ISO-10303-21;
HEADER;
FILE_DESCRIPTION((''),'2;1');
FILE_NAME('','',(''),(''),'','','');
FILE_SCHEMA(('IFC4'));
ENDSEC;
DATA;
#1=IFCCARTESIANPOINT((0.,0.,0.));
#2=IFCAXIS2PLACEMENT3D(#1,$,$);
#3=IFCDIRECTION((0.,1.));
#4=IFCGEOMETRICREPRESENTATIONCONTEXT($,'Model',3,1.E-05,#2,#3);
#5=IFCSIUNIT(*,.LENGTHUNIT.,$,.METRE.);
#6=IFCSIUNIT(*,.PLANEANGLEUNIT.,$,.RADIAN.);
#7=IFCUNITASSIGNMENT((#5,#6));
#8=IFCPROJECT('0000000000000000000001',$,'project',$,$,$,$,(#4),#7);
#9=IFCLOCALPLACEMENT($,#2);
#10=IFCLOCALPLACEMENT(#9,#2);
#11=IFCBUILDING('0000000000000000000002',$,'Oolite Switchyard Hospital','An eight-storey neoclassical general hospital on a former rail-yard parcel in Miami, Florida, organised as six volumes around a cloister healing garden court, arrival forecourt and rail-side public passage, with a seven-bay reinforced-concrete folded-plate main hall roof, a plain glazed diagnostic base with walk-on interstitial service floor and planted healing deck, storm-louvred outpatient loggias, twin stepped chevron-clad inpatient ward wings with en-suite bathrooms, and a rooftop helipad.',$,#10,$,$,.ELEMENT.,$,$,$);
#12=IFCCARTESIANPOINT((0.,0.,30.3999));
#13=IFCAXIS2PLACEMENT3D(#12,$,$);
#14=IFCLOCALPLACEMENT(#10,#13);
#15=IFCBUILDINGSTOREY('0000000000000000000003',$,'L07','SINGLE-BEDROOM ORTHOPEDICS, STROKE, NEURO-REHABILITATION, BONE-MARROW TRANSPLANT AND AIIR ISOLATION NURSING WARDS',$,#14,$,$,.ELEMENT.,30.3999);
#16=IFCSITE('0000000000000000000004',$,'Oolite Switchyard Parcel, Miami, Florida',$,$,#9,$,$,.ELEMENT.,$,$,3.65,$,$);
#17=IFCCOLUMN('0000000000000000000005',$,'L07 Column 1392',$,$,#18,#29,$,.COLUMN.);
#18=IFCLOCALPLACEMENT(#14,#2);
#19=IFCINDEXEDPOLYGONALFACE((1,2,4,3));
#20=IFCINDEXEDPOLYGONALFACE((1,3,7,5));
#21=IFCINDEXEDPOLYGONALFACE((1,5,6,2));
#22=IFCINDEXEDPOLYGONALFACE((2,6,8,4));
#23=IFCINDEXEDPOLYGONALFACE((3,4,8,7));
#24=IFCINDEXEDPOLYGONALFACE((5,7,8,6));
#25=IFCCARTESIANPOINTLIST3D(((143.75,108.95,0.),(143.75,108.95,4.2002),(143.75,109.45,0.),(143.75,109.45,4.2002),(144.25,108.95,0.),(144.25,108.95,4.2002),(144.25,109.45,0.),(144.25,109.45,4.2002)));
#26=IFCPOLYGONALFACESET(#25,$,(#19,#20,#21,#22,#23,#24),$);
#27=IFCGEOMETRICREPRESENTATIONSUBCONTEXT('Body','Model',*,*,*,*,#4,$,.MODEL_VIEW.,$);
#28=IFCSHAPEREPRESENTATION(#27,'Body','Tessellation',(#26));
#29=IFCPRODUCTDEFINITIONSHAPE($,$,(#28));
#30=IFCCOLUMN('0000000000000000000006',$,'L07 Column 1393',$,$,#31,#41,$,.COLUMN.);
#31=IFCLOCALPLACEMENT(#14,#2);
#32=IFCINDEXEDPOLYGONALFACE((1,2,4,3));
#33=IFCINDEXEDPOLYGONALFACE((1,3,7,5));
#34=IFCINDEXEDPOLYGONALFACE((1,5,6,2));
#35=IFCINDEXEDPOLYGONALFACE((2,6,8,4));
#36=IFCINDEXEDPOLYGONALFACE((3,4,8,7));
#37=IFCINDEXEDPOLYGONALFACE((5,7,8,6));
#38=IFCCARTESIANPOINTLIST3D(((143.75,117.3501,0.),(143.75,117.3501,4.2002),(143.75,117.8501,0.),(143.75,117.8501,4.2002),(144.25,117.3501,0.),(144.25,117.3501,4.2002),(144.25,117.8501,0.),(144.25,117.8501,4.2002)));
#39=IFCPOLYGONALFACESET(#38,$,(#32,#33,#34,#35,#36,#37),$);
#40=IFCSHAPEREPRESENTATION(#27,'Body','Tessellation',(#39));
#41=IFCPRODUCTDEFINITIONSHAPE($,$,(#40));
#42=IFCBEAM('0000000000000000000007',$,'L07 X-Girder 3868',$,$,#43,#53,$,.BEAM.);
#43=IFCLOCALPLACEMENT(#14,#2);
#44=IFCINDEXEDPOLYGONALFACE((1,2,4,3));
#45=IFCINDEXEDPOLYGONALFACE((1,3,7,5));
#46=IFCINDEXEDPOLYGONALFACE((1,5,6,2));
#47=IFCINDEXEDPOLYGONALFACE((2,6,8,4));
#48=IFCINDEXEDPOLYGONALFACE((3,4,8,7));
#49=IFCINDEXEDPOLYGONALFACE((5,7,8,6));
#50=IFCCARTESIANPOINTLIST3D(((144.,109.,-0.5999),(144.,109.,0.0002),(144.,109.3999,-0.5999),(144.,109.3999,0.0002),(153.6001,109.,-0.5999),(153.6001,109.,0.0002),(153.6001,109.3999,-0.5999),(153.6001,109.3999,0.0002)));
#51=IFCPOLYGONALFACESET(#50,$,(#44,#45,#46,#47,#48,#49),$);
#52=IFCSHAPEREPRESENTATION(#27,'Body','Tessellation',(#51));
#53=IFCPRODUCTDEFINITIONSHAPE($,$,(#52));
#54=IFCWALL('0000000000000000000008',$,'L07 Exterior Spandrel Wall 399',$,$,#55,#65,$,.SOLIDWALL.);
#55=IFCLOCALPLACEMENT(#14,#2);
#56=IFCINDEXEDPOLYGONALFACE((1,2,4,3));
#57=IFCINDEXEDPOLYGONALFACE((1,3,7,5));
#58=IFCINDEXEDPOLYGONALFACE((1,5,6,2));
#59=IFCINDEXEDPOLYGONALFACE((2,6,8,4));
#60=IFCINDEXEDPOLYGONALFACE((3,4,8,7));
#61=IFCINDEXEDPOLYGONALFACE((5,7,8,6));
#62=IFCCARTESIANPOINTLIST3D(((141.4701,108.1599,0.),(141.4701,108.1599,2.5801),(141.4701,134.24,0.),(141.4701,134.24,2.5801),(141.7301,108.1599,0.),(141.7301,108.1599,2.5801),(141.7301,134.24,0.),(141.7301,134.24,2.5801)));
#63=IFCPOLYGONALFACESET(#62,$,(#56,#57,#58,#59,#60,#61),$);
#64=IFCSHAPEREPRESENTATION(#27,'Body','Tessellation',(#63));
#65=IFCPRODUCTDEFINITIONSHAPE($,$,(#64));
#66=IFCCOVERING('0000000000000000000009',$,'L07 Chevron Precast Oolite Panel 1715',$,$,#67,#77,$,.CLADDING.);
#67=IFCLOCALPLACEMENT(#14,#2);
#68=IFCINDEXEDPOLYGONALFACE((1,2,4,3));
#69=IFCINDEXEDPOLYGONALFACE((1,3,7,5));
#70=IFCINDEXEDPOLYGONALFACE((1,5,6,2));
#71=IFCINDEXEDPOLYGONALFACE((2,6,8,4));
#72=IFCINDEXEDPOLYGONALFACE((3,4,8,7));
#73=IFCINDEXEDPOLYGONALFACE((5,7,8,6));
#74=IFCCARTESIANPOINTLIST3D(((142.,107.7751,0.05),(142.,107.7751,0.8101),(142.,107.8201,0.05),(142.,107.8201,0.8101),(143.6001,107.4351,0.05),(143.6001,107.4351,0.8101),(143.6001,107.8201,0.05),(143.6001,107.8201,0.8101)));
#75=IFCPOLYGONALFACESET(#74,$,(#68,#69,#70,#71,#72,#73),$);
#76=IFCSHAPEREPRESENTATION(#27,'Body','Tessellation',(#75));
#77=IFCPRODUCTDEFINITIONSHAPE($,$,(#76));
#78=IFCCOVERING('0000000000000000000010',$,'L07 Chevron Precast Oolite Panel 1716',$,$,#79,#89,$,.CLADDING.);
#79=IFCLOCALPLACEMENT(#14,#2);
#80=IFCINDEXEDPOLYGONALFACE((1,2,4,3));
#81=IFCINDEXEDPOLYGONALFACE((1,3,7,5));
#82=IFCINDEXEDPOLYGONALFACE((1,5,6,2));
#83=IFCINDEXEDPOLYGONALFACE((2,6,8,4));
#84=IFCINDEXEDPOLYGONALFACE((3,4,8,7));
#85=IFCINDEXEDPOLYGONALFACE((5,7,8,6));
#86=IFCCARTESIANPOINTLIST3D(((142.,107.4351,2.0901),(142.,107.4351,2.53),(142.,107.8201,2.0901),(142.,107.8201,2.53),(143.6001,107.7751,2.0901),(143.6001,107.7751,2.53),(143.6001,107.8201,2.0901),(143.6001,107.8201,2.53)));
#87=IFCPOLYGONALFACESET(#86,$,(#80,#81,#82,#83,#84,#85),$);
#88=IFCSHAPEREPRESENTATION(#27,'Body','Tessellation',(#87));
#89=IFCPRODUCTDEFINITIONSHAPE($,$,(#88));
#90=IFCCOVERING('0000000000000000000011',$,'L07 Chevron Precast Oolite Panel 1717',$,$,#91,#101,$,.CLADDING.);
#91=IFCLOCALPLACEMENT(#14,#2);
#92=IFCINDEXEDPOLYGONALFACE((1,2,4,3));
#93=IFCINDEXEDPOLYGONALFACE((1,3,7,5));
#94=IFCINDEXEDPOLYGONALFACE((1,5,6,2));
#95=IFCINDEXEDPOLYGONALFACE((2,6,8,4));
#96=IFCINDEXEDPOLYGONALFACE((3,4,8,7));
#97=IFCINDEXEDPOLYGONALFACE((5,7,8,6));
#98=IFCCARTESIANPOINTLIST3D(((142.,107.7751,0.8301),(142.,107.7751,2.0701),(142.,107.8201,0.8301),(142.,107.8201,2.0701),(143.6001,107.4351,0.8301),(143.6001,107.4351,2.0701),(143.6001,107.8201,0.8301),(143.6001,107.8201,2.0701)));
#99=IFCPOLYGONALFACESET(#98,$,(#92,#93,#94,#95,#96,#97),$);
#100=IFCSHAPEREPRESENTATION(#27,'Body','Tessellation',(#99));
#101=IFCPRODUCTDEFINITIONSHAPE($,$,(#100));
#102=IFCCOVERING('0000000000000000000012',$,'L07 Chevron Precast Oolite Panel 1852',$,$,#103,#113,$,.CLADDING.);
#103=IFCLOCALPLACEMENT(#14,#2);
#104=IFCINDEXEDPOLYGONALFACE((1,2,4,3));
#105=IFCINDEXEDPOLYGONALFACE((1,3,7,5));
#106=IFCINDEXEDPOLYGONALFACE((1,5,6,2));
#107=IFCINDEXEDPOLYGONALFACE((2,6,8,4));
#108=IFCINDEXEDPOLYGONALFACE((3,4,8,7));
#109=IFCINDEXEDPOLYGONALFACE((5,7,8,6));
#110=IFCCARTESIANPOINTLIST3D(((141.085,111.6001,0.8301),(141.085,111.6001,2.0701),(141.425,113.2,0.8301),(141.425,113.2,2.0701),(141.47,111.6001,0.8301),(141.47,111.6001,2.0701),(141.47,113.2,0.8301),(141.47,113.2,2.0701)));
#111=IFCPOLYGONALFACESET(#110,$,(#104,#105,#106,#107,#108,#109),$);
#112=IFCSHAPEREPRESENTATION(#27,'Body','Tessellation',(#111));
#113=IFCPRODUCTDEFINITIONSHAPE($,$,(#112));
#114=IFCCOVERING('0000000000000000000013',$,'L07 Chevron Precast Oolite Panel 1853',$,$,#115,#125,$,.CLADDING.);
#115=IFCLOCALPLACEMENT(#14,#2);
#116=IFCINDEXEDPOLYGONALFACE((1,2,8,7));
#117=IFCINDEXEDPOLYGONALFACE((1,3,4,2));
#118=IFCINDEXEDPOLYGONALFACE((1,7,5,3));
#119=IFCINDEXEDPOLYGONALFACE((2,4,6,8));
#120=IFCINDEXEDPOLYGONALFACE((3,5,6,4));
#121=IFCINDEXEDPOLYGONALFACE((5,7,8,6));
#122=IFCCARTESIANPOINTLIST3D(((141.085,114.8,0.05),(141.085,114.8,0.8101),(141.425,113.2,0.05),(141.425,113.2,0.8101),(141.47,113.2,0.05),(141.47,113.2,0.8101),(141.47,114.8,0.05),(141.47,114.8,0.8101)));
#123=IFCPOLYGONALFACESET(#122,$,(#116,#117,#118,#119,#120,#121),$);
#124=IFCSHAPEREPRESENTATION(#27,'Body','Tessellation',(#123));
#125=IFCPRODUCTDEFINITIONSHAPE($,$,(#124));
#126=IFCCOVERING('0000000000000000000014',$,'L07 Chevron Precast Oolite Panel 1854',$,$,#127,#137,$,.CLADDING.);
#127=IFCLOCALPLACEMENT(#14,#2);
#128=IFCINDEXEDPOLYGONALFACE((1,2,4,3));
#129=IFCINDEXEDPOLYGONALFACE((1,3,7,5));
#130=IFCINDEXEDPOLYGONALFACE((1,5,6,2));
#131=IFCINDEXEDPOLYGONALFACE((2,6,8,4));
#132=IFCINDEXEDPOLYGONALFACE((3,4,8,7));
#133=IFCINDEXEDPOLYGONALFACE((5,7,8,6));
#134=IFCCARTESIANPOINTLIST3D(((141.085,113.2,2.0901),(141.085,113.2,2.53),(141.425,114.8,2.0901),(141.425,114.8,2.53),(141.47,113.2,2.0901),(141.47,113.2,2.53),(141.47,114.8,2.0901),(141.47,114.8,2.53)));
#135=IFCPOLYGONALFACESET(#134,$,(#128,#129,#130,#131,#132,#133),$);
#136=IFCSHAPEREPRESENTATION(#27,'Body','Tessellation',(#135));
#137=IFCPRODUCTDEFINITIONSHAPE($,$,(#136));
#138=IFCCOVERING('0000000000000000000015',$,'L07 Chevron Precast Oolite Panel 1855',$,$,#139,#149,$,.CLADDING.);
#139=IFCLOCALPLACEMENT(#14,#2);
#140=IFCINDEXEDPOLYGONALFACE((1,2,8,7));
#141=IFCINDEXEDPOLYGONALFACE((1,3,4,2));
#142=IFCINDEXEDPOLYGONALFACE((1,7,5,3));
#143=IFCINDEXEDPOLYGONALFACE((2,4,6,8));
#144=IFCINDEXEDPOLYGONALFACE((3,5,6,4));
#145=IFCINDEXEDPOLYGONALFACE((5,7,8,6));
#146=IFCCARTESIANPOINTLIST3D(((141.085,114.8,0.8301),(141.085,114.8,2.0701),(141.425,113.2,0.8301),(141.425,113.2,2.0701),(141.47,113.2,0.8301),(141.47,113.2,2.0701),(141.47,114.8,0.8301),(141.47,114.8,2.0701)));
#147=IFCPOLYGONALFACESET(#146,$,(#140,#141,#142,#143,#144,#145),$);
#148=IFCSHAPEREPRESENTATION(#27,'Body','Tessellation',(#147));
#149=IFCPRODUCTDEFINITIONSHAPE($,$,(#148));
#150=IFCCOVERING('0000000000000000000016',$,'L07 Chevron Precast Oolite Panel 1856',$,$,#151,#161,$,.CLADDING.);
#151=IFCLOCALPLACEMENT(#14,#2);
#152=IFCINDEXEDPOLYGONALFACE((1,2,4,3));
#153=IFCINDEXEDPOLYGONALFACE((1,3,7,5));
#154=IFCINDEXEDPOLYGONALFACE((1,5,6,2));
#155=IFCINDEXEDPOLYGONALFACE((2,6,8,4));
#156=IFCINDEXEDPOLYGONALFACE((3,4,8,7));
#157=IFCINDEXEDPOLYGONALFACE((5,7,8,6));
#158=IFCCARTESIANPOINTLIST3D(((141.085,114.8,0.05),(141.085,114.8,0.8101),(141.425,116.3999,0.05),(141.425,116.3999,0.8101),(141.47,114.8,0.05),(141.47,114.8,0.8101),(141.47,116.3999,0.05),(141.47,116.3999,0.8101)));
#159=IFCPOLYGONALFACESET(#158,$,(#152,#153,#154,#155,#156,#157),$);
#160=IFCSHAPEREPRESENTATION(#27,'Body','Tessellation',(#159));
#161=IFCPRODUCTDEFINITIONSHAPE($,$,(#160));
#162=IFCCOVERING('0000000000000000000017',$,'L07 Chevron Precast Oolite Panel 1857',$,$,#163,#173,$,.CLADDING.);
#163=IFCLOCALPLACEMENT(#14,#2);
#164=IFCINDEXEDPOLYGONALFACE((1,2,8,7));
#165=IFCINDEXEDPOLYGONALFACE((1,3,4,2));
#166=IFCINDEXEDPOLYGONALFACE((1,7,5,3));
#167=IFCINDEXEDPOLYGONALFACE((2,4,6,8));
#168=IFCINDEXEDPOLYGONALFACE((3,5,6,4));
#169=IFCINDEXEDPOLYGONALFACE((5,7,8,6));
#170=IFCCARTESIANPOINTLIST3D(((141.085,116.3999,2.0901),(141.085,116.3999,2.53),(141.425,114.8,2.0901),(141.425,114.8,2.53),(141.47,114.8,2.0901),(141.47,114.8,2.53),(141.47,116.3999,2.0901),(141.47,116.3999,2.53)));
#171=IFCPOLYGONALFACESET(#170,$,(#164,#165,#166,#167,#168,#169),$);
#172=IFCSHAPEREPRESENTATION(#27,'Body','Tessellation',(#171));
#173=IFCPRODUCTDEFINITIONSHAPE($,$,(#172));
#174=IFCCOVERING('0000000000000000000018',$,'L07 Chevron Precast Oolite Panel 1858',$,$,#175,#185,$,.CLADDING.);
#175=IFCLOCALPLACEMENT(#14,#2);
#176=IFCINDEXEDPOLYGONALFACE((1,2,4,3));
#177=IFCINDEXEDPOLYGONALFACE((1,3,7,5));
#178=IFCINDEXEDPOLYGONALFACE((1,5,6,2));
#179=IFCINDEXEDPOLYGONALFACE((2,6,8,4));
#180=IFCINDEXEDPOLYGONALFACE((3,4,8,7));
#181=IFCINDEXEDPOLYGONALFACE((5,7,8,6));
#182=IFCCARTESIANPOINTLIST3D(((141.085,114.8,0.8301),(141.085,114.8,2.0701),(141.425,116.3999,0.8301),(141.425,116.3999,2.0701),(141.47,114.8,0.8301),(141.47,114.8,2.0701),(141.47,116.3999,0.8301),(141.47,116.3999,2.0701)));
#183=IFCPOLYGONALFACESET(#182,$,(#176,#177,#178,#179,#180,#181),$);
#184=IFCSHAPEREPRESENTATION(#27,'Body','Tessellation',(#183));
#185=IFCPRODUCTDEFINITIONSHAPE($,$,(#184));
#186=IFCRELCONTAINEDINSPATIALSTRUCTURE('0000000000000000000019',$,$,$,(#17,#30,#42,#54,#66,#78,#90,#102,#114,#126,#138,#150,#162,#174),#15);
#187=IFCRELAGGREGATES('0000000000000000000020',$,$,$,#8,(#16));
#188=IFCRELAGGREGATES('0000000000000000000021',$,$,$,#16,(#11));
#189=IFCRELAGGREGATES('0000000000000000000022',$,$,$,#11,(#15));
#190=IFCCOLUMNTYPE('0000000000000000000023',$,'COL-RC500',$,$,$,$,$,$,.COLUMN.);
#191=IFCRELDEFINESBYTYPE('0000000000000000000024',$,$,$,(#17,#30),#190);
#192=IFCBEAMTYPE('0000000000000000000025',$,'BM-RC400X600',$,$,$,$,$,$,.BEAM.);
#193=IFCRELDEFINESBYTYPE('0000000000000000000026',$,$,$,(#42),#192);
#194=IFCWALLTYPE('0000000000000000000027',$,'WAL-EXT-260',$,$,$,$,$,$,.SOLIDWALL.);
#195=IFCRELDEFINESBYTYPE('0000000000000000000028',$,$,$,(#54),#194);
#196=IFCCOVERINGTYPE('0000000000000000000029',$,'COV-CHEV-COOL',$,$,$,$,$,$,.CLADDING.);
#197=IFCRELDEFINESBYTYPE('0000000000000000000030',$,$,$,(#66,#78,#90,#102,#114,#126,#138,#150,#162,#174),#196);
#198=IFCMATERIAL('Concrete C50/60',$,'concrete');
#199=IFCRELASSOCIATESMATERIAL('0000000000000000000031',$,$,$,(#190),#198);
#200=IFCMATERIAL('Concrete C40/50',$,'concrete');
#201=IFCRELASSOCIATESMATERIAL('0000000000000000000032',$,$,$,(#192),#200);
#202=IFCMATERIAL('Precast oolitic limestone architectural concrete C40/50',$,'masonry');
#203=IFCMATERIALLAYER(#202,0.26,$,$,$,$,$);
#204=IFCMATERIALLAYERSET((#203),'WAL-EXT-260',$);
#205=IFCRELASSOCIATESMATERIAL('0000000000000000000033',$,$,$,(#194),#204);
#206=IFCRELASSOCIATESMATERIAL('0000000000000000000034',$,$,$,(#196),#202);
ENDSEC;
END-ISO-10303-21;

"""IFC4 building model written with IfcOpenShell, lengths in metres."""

from ifc_helpers import new_model, si_unit, direction, frame, frame_2d, origin, origin_2d, place, context, subcontext, project, spatial, polyline, rectangle, outline, extrude, material, layer, layer_set, material_profile, profile_set, type_object, element, save


model = new_model("IFC4")

# Units and contexts
model_context = context("Model", 3, precision=1e-05, world=origin(), true_north=direction((0.0, 1.0)))
body_context = subcontext(model_context, "Body", "Model", "MODEL_VIEW")
ifc_project = project(units=[si_unit("LENGTHUNIT", "METRE"), si_unit("PLANEANGLEUNIT", "RADIAN")], contexts=[model_context])

# Site, building, storey
site_placement = place(None, origin())
site = spatial("IfcSite", under=ifc_project, at=site_placement, Name="Oolite Switchyard Parcel, Miami, Florida", CompositionType="ELEMENT", RefElevation=3.65)
building_placement = place(site_placement, origin())
building = spatial("IfcBuilding", under=site, at=building_placement, Name="Oolite Switchyard Hospital", Description="An eight-storey neoclassical general hospital on a former rail-yard parcel in Miami, Florida, organised as six volumes around a cloister healing garden court, arrival forecourt and rail-side public passage, with a seven-bay reinforced-concrete folded-plate main hall roof, a plain glazed diagnostic base with walk-on interstitial service floor and planted healing deck, storm-louvred outpatient loggias, twin stepped chevron-clad inpatient ward wings with en-suite bathrooms, and a rooftop helipad.", CompositionType="ELEMENT")
storey_placement = place(building_placement, frame((0.0, 0.0, 30.3999)))
storey = spatial("IfcBuildingStorey", under=building, at=storey_placement, Name="L07", Description="SINGLE-BEDROOM ORTHOPEDICS, STROKE, NEURO-REHABILITATION, BONE-MARROW TRANSPLANT AND AIIR ISOLATION NURSING WARDS", CompositionType="ELEMENT", Elevation=30.3999)

# Columns
ifc_material_1 = material(Name="Concrete C50/60", Category="concrete")
ifc_material_profile_1 = material_profile(ifc_material_1, rectangle(XDim=0.5, YDim=0.5, at=origin_2d()), Name="RC500X500")
ifc_profile_set_1 = profile_set([ifc_material_profile_1], Name="Concrete C50/60")
column_type = type_object("IfcColumnType", Name="COL-RC500", PredefinedType="COLUMN", material=ifc_profile_set_1)
for number, where, z_axis, x_axis, name in (
    (1, (144.0, 109.2, 0.0), (0.0, 0.0, 1.0), (1.0, 0.0, 0.0), "L07 Column 1392"),
    (2, (144.0, 117.6001, 0.0), (0.0, 0.0, 1.0), (1.0, 0.0, 0.0), "L07 Column 1393"),
):
    element("IfcColumn", number, at=place(storey_placement, frame(where, z_axis=z_axis, x_axis=x_axis)), inside=storey, type_object=column_type, Name=name, PredefinedType="COLUMN", context=body_context, shape_type="SweptSolid", body=[
        extrude(rectangle(XDim=0.5, YDim=0.5, at=origin_2d()), origin(), (0.0, 0.0, 1.0), 4.2002),
    ])

# Beam
ifc_material_2 = material(Name="Concrete C40/50", Category="concrete")
ifc_material_profile_2 = material_profile(ifc_material_2, rectangle(XDim=0.3999, YDim=0.6001, at=origin_2d()), Name="RCB400X600")
ifc_profile_set_2 = profile_set([ifc_material_profile_2], Name="Concrete C40/50")
beam_type = type_object("IfcBeamType", Name="BM-RC400X600", PredefinedType="BEAM", material=ifc_profile_set_2)
beam_placement = place(storey_placement, frame((144.0, 109.2, -0.2998), z_axis=(1.0, 0.0, 0.0), x_axis=(0.0, 1.0, 0.0)))
element("IfcBeam", 3, at=beam_placement, inside=storey, type_object=beam_type, Name="L07 X-Girder 3868", PredefinedType="BEAM", context=body_context, shape_type="SweptSolid", body=[
    extrude(rectangle(XDim=0.3999, YDim=0.6001, at=origin_2d()), origin(), (0.0, 0.0, 1.0), 9.6001),
])

# Wall
ifc_material_3 = material(Name="Precast oolitic limestone architectural concrete C40/50", Category="masonry")
ifc_layer_1 = layer(ifc_material_3, 0.26)
ifc_layer_set_1 = layer_set([ifc_layer_1], Name="WAL-EXT-260")
wall_type_1 = type_object("IfcWallType", Name="WAL-EXT-260", PredefinedType="SOLIDWALL", material=ifc_layer_set_1)
wall_1_placement = place(storey_placement, frame((141.6001, 108.1599, 0.0), z_axis=(0.0, 0.0, 1.0), x_axis=(0.0, 1.0, 0.0)))
element("IfcWall", 4, at=wall_1_placement, inside=storey, type_object=wall_type_1, Name="L07 Exterior Spandrel Wall 399", PredefinedType="SOLIDWALL", context=body_context, shape_type="SweptSolid", body=[
    extrude(rectangle(XDim=26.0801, YDim=0.26, at=frame_2d((13.04, 0.0))), origin(), (0.0, 0.0, 1.0), 2.5801),
])

# Coverings
covering_type = type_object("IfcCoveringType", Name="COV-CHEV-COOL", PredefinedType="CLADDING", material=ifc_material_3)
covering_1_placement = place(storey_placement, frame((143.6001, 107.8201, 0.05), z_axis=(0.0, 0.0, 1.0), x_axis=(-1.0, 0.0, 0.0)))
element("IfcCovering", 5, at=covering_1_placement, inside=storey, type_object=covering_type, Name="L07 Chevron Precast Oolite Panel 1715", PredefinedType="CLADDING", context=body_context, shape_type="SweptSolid", body=[
    extrude(outline(polyline([(0.0, 0.0), (1.6001, 0.0), (1.6001, 0.0449), (0.0, 0.385), (0.0, 0.0)])), origin(), (0.0, 0.0, 1.0), 0.76),
])
covering_2_placement = place(storey_placement, frame((143.6001, 107.8201, 2.0901), z_axis=(0.0, 0.0, 1.0), x_axis=(-1.0, 0.0, 0.0)))
element("IfcCovering", 6, at=covering_2_placement, inside=storey, type_object=covering_type, Name="L07 Chevron Precast Oolite Panel 1716", PredefinedType="CLADDING", context=body_context, shape_type="SweptSolid", body=[
    extrude(outline(polyline([(0.0, 0.0), (1.6001, 0.0), (1.6001, 0.385), (0.0, 0.0449), (0.0, 0.0)])), origin(), (0.0, 0.0, 1.0), 0.4399),
])
covering_3_placement = place(storey_placement, frame((143.6001, 107.8201, 0.8301), z_axis=(0.0, 0.0, 1.0), x_axis=(-1.0, 0.0, 0.0)))
element("IfcCovering", 7, at=covering_3_placement, inside=storey, type_object=covering_type, Name="L07 Chevron Precast Oolite Panel 1717", PredefinedType="CLADDING", context=body_context, shape_type="SweptSolid", body=[
    extrude(outline(polyline([(0.0, 0.0), (1.6001, 0.0), (1.6001, 0.0449), (0.0, 0.385), (0.0, 0.0)])), origin(), (0.0, 0.0, 1.0), 1.24),
])
covering_4_placement = place(storey_placement, frame((141.47, 111.6001, 0.8301), z_axis=(0.0, 0.0, 1.0), x_axis=(0.0, 1.0, 0.0)))
element("IfcCovering", 8, at=covering_4_placement, inside=storey, type_object=covering_type, Name="L07 Chevron Precast Oolite Panel 1852", PredefinedType="CLADDING", context=body_context, shape_type="SweptSolid", body=[
    extrude(outline(polyline([(0.0, 0.0), (1.5999, 0.0), (1.5999, 0.0449), (0.0, 0.385), (0.0, 0.0)])), origin(), (0.0, 0.0, 1.0), 1.24),
])
covering_5_placement = place(storey_placement, frame((141.47, 113.2, 0.05), z_axis=(0.0, 0.0, 1.0), x_axis=(0.0, 1.0, 0.0)))
element("IfcCovering", 9, at=covering_5_placement, inside=storey, type_object=covering_type, Name="L07 Chevron Precast Oolite Panel 1853", PredefinedType="CLADDING", context=body_context, shape_type="SweptSolid", body=[
    extrude(outline(polyline([(0.0, 0.0), (1.6001, 0.0), (1.6001, 0.385), (0.0, 0.0449), (0.0, 0.0)])), origin(), (0.0, 0.0, 1.0), 0.76),
])
covering_6_placement = place(storey_placement, frame((141.47, 113.2, 2.0901), z_axis=(0.0, 0.0, 1.0), x_axis=(0.0, 1.0, 0.0)))
element("IfcCovering", 10, at=covering_6_placement, inside=storey, type_object=covering_type, Name="L07 Chevron Precast Oolite Panel 1854", PredefinedType="CLADDING", context=body_context, shape_type="SweptSolid", body=[
    extrude(outline(polyline([(0.0, 0.0), (1.6001, 0.0), (1.6001, 0.0449), (0.0, 0.385), (0.0, 0.0)])), origin(), (0.0, 0.0, 1.0), 0.4399),
])
covering_7_placement = place(storey_placement, frame((141.47, 113.2, 0.8301), z_axis=(0.0, 0.0, 1.0), x_axis=(0.0, 1.0, 0.0)))
element("IfcCovering", 11, at=covering_7_placement, inside=storey, type_object=covering_type, Name="L07 Chevron Precast Oolite Panel 1855", PredefinedType="CLADDING", context=body_context, shape_type="SweptSolid", body=[
    extrude(outline(polyline([(0.0, 0.0), (1.6001, 0.0), (1.6001, 0.385), (0.0, 0.0449), (0.0, 0.0)])), origin(), (0.0, 0.0, 1.0), 1.24),
])
covering_8_placement = place(storey_placement, frame((141.47, 114.8, 0.05), z_axis=(0.0, 0.0, 1.0), x_axis=(0.0, 1.0, 0.0)))
element("IfcCovering", 12, at=covering_8_placement, inside=storey, type_object=covering_type, Name="L07 Chevron Precast Oolite Panel 1856", PredefinedType="CLADDING", context=body_context, shape_type="SweptSolid", body=[
    extrude(outline(polyline([(0.0, 0.0), (1.5999, 0.0), (1.5999, 0.0449), (0.0, 0.385), (0.0, 0.0)])), origin(), (0.0, 0.0, 1.0), 0.76),
])
covering_9_placement = place(storey_placement, frame((141.47, 114.8, 2.0901), z_axis=(0.0, 0.0, 1.0), x_axis=(0.0, 1.0, 0.0)))
element("IfcCovering", 13, at=covering_9_placement, inside=storey, type_object=covering_type, Name="L07 Chevron Precast Oolite Panel 1857", PredefinedType="CLADDING", context=body_context, shape_type="SweptSolid", body=[
    extrude(outline(polyline([(0.0, 0.0), (1.5999, 0.0), (1.5999, 0.385), (0.0, 0.0449), (0.0, 0.0)])), origin(), (0.0, 0.0, 1.0), 0.4399),
])
covering_10_placement = place(storey_placement, frame((141.47, 114.8, 0.8301), z_axis=(0.0, 0.0, 1.0), x_axis=(0.0, 1.0, 0.0)))
element("IfcCovering", 14, at=covering_10_placement, inside=storey, type_object=covering_type, Name="L07 Chevron Precast Oolite Panel 1858", PredefinedType="CLADDING", context=body_context, shape_type="SweptSolid", body=[
    extrude(outline(polyline([(0.0, 0.0), (1.5999, 0.0), (1.5999, 0.0449), (0.0, 0.385), (0.0, 0.0)])), origin(), (0.0, 0.0, 1.0), 1.24),
])

save(model, "model.ifc")
